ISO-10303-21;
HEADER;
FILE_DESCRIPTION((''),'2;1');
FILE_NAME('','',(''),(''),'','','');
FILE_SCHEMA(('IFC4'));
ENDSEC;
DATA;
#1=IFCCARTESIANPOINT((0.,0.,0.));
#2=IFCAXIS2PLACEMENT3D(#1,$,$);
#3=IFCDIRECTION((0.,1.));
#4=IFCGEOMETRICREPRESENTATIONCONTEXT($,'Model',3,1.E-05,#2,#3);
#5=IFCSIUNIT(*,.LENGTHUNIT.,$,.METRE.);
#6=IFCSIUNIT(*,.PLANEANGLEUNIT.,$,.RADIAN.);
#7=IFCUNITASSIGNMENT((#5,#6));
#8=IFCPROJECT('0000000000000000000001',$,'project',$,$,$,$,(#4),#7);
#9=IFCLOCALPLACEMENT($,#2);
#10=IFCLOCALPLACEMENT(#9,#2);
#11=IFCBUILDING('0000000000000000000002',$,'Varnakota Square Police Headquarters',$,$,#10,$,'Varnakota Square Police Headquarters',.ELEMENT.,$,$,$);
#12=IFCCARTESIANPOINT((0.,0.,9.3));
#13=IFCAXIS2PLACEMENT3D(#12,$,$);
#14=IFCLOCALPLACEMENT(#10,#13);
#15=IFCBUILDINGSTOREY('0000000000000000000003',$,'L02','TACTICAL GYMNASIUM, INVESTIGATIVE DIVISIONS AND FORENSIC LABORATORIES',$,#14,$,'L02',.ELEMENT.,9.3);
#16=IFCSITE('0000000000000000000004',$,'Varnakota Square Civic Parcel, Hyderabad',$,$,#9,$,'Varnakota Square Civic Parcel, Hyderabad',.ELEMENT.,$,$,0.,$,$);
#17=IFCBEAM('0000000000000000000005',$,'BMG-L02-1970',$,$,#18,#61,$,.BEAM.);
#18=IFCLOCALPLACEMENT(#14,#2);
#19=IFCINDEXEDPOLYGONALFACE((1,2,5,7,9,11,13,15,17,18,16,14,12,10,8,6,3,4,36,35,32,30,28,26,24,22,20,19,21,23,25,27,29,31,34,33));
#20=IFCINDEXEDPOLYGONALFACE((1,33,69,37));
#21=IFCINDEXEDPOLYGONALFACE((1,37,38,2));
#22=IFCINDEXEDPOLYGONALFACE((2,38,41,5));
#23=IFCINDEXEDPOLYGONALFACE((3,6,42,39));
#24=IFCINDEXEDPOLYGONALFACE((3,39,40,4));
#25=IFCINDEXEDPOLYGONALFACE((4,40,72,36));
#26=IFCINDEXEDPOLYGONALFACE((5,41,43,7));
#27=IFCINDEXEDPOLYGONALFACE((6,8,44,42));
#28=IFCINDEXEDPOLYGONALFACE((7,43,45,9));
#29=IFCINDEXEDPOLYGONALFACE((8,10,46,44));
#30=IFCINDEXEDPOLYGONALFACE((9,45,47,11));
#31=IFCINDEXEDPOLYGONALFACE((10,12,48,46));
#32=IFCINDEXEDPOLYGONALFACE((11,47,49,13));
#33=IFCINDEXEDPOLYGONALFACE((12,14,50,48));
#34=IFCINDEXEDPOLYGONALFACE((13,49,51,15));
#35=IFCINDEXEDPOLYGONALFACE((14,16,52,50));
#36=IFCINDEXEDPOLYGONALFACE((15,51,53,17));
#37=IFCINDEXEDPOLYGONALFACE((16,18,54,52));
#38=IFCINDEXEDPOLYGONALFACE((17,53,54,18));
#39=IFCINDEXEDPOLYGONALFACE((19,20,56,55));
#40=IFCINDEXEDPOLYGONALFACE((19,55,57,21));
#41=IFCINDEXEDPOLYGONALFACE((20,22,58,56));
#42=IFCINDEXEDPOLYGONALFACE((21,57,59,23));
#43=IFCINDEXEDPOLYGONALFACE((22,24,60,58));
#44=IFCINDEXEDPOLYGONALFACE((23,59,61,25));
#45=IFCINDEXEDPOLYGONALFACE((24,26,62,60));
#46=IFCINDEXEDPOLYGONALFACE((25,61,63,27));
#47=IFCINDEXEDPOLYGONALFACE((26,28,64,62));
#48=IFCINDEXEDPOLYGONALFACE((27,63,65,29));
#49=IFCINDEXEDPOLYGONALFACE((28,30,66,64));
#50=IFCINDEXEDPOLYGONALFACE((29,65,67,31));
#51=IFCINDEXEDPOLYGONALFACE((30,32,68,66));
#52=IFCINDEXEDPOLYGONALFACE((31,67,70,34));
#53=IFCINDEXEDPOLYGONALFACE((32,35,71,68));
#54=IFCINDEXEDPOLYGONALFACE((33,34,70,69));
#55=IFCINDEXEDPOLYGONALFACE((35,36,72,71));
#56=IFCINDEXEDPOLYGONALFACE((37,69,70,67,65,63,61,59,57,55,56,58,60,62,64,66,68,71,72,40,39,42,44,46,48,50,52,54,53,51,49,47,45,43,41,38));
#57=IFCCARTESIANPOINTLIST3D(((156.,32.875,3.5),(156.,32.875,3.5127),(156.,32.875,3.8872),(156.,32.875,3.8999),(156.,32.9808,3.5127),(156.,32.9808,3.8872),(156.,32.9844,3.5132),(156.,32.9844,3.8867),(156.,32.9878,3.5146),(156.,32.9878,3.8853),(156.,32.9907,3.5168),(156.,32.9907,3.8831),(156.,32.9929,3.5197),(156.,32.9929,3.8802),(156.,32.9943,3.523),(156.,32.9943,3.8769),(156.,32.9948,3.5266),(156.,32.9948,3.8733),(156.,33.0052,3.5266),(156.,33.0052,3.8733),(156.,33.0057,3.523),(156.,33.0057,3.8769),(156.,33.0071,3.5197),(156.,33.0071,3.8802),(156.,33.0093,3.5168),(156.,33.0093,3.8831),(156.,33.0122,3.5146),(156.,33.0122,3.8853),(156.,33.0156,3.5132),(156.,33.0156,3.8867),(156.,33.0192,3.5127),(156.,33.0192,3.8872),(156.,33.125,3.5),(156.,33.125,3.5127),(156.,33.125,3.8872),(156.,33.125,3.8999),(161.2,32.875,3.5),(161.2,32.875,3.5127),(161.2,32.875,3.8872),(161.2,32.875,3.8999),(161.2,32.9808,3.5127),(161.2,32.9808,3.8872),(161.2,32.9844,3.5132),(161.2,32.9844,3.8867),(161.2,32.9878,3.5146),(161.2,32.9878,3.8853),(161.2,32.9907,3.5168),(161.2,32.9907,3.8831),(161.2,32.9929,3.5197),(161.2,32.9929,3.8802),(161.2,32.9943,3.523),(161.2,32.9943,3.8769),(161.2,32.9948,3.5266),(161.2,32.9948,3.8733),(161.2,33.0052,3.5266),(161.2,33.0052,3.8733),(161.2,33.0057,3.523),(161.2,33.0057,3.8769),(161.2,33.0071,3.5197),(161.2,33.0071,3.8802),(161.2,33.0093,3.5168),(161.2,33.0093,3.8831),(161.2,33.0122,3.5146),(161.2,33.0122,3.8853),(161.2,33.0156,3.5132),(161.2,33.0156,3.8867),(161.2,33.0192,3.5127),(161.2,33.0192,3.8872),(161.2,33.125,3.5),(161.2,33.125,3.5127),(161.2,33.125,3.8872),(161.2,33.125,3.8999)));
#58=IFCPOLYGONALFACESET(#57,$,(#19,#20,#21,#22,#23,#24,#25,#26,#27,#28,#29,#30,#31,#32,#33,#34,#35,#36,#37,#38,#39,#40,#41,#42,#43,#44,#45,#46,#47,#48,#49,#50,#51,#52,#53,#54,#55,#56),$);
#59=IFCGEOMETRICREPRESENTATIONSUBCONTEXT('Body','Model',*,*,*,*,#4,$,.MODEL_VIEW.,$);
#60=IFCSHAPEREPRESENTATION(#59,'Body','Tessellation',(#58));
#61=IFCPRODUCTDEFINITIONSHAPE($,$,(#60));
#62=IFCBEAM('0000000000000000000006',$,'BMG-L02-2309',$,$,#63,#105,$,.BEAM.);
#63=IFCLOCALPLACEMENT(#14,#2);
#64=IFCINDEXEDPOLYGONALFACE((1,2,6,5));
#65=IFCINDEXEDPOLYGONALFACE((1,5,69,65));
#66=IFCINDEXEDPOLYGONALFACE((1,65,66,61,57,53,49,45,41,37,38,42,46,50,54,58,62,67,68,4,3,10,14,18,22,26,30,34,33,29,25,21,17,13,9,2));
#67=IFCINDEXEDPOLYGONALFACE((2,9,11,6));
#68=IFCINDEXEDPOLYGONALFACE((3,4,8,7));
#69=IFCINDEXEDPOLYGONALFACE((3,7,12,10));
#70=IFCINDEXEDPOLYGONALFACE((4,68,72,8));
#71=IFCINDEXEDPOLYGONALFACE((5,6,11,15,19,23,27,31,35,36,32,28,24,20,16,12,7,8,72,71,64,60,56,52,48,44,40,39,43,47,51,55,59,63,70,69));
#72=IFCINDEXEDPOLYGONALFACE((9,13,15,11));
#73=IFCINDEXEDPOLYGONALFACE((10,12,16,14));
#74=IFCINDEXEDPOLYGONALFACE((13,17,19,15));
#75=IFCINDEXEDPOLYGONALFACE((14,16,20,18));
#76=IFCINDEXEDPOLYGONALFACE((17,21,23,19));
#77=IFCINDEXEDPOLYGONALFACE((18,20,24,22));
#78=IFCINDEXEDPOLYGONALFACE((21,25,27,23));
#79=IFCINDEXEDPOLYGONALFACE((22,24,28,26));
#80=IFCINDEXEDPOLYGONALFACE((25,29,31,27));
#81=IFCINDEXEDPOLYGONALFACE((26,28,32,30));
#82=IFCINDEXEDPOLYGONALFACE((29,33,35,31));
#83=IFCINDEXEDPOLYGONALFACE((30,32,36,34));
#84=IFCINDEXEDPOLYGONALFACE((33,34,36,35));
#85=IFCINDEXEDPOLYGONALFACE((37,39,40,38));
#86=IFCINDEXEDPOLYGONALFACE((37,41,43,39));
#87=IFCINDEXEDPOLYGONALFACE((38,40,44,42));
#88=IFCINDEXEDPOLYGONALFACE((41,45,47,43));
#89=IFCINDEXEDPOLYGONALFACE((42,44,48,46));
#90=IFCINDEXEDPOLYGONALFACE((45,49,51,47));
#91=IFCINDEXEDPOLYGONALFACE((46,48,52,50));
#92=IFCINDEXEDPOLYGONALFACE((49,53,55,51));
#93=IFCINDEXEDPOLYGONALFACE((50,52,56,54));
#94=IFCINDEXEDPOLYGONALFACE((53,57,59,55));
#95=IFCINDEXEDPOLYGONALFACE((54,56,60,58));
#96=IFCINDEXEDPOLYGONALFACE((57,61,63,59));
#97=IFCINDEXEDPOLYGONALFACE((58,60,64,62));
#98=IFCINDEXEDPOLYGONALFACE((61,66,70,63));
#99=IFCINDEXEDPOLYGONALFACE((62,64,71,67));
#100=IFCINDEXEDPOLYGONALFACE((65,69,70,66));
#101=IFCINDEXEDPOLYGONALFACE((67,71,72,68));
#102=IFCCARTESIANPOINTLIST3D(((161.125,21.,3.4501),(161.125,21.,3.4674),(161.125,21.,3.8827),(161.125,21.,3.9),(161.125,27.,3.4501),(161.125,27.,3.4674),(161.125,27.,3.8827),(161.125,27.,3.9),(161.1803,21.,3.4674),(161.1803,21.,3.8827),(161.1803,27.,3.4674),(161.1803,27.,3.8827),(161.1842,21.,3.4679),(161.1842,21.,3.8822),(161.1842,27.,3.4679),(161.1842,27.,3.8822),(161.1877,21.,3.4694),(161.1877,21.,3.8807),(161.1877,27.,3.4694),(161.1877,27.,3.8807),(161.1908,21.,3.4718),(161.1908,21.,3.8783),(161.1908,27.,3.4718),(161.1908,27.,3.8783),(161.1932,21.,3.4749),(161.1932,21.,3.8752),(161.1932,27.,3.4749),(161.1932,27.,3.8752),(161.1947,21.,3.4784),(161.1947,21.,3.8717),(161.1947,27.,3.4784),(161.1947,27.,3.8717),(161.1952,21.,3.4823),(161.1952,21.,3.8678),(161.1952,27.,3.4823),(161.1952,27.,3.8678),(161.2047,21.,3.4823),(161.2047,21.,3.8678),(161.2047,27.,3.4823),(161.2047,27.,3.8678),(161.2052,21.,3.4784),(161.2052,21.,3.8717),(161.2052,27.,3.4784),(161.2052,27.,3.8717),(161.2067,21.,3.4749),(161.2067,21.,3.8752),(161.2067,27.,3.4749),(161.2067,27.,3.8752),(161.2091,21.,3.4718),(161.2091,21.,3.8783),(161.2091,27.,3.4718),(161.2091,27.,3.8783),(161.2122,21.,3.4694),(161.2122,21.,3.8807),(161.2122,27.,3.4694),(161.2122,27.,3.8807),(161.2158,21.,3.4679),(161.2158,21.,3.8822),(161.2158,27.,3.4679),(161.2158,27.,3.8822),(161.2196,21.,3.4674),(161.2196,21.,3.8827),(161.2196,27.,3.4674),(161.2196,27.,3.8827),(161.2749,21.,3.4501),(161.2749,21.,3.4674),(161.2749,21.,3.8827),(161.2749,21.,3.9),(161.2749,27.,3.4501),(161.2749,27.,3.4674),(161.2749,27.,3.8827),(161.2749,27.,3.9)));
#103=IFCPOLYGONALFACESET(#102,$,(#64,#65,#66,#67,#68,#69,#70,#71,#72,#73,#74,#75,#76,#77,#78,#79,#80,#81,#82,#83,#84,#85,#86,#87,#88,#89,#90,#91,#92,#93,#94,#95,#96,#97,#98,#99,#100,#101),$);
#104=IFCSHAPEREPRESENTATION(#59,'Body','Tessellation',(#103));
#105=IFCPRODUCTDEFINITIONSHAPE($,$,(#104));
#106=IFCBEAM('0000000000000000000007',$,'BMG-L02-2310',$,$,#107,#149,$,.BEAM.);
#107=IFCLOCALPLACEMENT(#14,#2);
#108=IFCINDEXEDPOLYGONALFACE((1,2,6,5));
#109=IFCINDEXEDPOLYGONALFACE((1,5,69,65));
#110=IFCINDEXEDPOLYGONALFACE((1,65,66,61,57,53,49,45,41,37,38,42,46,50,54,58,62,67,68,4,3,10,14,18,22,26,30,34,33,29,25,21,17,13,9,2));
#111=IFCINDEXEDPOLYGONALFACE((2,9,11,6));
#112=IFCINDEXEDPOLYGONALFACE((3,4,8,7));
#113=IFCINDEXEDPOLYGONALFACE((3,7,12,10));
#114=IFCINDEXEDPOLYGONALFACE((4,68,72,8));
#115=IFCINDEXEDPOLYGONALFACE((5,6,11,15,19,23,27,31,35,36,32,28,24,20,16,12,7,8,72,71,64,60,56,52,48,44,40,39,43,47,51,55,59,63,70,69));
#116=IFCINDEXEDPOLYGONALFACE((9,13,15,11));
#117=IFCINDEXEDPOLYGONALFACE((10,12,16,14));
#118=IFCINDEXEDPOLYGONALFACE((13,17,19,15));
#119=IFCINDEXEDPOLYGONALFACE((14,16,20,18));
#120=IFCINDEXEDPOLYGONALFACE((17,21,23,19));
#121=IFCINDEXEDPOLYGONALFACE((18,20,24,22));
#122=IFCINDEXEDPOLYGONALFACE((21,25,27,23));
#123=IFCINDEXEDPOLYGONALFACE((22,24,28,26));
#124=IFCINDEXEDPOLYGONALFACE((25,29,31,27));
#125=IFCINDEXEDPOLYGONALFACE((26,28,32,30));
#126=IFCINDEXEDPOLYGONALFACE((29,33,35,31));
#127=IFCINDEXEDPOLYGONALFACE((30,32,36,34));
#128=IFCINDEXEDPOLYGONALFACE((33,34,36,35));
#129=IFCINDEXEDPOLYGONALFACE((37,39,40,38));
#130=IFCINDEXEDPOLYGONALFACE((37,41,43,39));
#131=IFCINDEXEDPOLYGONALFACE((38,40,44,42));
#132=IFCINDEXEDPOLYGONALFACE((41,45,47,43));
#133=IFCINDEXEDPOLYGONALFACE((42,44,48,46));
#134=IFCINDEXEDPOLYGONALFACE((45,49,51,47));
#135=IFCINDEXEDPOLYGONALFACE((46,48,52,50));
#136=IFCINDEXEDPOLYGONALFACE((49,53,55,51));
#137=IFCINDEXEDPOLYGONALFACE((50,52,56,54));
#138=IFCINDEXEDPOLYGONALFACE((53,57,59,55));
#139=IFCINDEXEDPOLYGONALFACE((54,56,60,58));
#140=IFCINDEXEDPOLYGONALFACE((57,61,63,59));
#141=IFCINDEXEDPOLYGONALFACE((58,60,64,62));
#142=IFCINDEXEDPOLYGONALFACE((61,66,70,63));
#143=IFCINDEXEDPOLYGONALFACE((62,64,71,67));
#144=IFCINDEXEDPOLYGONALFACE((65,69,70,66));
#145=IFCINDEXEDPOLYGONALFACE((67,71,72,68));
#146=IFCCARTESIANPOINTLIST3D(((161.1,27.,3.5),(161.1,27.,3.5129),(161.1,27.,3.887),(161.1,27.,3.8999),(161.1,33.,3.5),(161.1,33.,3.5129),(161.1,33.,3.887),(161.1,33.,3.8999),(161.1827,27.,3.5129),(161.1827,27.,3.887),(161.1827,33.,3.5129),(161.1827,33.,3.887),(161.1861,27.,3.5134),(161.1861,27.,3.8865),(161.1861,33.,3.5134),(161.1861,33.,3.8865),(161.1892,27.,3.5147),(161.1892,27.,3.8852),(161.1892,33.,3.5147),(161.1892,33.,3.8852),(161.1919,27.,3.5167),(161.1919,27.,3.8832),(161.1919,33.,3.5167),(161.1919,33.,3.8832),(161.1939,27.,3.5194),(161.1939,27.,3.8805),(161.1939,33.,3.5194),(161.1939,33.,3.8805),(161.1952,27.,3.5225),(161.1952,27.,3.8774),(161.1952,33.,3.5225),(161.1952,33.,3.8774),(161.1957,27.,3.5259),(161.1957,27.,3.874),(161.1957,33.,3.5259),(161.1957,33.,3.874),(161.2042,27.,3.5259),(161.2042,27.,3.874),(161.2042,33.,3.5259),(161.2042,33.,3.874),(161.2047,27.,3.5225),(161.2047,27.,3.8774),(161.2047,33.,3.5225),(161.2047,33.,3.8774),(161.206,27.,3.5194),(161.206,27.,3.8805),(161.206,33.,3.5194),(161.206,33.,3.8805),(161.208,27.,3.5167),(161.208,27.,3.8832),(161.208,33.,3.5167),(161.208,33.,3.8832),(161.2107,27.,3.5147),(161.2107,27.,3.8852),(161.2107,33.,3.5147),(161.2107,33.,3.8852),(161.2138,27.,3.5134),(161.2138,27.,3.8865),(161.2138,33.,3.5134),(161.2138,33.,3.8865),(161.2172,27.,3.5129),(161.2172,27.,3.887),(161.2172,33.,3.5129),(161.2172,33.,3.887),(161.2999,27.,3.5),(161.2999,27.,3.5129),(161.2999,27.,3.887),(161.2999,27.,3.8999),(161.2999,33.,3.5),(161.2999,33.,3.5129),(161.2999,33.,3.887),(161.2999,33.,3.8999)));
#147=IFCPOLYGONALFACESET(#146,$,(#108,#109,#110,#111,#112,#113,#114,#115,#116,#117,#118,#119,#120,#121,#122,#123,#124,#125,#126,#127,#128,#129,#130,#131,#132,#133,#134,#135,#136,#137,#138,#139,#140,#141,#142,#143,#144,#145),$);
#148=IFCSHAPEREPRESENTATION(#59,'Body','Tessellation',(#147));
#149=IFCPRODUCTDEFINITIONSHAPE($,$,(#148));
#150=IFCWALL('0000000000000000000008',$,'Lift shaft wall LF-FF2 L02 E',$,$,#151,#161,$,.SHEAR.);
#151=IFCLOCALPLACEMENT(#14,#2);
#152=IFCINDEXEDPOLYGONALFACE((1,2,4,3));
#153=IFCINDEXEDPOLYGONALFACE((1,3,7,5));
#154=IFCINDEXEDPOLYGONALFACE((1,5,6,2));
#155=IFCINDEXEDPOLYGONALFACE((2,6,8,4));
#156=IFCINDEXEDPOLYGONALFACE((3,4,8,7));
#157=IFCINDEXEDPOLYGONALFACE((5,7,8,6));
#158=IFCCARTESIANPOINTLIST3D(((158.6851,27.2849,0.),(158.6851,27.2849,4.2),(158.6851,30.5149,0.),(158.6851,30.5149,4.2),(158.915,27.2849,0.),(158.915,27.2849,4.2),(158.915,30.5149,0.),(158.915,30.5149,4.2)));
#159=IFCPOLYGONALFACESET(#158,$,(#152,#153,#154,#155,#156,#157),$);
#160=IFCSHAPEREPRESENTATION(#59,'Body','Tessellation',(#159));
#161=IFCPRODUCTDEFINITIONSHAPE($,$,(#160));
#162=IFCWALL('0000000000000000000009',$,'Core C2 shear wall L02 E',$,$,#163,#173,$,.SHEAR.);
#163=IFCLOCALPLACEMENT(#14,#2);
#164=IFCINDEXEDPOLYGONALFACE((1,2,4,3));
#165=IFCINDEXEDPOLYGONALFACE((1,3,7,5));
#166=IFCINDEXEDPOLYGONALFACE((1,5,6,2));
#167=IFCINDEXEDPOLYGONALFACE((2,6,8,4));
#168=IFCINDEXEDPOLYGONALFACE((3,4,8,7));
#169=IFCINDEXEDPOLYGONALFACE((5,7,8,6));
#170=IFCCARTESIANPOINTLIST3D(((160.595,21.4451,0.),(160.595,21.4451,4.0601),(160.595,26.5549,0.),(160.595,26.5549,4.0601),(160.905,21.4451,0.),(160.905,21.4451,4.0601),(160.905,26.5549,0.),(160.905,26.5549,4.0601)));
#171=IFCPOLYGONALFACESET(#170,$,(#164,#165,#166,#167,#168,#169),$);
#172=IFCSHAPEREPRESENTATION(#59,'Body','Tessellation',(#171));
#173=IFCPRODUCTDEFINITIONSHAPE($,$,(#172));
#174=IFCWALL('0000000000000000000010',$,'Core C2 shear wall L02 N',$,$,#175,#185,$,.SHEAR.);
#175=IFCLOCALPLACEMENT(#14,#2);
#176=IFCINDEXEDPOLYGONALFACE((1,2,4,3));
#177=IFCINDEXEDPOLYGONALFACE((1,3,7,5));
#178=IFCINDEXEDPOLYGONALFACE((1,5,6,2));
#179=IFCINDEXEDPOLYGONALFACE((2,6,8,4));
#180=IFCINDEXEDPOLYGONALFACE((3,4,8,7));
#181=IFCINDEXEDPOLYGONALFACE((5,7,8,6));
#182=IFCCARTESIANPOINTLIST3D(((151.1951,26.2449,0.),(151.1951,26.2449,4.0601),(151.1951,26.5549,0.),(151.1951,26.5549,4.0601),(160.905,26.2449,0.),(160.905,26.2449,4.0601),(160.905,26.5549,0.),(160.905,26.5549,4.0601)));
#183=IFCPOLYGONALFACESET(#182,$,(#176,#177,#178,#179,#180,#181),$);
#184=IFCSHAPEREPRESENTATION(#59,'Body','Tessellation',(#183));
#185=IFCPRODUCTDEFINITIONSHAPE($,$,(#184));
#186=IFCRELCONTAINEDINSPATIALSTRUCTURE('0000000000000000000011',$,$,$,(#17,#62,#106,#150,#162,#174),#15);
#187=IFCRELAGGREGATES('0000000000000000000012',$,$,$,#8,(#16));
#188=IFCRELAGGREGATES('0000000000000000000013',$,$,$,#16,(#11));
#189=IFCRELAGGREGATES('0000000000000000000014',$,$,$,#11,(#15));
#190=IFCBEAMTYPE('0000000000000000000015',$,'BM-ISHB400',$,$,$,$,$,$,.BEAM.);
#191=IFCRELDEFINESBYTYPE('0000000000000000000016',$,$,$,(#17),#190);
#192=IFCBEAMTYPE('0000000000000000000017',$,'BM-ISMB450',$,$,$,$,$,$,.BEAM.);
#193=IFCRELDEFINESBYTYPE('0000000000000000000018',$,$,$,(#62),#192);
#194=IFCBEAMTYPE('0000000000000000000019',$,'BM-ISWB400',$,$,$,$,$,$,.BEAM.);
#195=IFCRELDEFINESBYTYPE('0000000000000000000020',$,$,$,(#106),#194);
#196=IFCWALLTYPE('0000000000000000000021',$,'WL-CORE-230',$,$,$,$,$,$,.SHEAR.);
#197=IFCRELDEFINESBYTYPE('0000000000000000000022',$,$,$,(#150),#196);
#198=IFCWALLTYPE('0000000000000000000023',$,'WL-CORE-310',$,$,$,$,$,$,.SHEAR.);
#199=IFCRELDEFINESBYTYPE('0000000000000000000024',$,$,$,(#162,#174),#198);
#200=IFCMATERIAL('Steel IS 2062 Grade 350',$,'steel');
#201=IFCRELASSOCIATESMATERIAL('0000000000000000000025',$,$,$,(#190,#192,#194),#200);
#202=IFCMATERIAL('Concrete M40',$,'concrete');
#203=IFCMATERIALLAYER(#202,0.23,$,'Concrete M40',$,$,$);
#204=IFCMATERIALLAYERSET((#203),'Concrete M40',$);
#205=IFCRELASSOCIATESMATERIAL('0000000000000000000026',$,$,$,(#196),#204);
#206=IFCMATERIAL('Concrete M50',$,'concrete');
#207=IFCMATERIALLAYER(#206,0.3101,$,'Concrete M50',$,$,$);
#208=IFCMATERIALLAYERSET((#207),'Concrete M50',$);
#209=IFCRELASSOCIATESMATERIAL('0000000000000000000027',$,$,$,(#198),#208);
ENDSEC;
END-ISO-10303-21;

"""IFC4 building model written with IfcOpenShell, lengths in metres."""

from ifc_helpers import new_model, si_unit, direction, frame, frame_2d, origin, origin_2d, place, context, subcontext, project, spatial, rectangle, i_section, extrude, material, layer, layer_set, material_profile, profile_set, type_object, element, save


model = new_model("IFC4")

# Units and contexts
model_context = context("Model", 3, precision=1e-05, world=origin(), true_north=direction((0.0, 1.0)))
body_context = subcontext(model_context, "Body", "Model", "MODEL_VIEW")
ifc_project = project(units=[si_unit("LENGTHUNIT", "METRE"), si_unit("PLANEANGLEUNIT", "RADIAN")], contexts=[model_context])

# Site, building, storey
site_placement = place(None, origin())
site = spatial("IfcSite", under=ifc_project, at=site_placement, Name="Varnakota Square Civic Parcel, Hyderabad", LongName="Varnakota Square Civic Parcel, Hyderabad", CompositionType="ELEMENT", RefElevation=0.0)
building_placement = place(site_placement, origin())
building = spatial("IfcBuilding", under=site, at=building_placement, Name="Varnakota Square Police Headquarters", LongName="Varnakota Square Police Headquarters", CompositionType="ELEMENT")
storey_placement = place(building_placement, frame((0.0, 0.0, 9.3)))
storey = spatial("IfcBuildingStorey", under=building, at=storey_placement, Name="L02", Description="TACTICAL GYMNASIUM, INVESTIGATIVE DIVISIONS AND FORENSIC LABORATORIES", LongName="L02", CompositionType="ELEMENT", Elevation=9.3)

# Shared definitions
ifc_material_1 = material(Name="Steel IS 2062 Grade 350", Category="steel")

# Beams
ifc_material_profile_1 = material_profile(ifc_material_1, i_section(OverallWidth=0.25, OverallDepth=0.3999, WebThickness=0.0105, FlangeThickness=0.0127, FilletRadius=0.0139, at=origin_2d()), Name="ISHB 400")
ifc_profile_set_1 = profile_set([ifc_material_profile_1], Name="Steel IS 2062 Grade 350")
beam_type_1 = type_object("IfcBeamType", Name="BM-ISHB400", PredefinedType="BEAM", material=ifc_profile_set_1)
beam_1_placement = place(storey_placement, frame((156.0, 33.0, 3.7), z_axis=(1.0, 0.0, 0.0), x_axis=(0.0, 1.0, 0.0)))
element("IfcBeam", 1, at=beam_1_placement, inside=storey, type_object=beam_type_1, Name="BMG-L02-1970", PredefinedType="BEAM", context=body_context, shape_type="SweptSolid", body=[
    extrude(i_section(OverallWidth=0.25, OverallDepth=0.3999, WebThickness=0.0105, FlangeThickness=0.0127, FilletRadius=0.0139, at=origin_2d()), origin(), (0.0, 0.0, 1.0), 5.2),
])
ifc_material_profile_2 = material_profile(ifc_material_1, i_section(OverallWidth=0.1499, OverallDepth=0.45, WebThickness=0.0095, FlangeThickness=0.0173, FilletRadius=0.0149, at=origin_2d()), Name="ISMB 450")
ifc_profile_set_2 = profile_set([ifc_material_profile_2], Name="Steel IS 2062 Grade 350")
beam_type_2 = type_object("IfcBeamType", Name="BM-ISMB450", PredefinedType="BEAM", material=ifc_profile_set_2)
beam_2_placement = place(storey_placement, frame((161.2, 21.0, 3.675), z_axis=(0.0, 1.0, 0.0), x_axis=(-1.0, 0.0, 0.0)))
element("IfcBeam", 2, at=beam_2_placement, inside=storey, type_object=beam_type_2, Name="BMG-L02-2309", PredefinedType="BEAM", context=body_context, shape_type="SweptSolid", body=[
    extrude(i_section(OverallWidth=0.1499, OverallDepth=0.45, WebThickness=0.0095, FlangeThickness=0.0173, FilletRadius=0.0149, at=origin_2d()), origin(), (0.0, 0.0, 1.0), 6.0),
])
ifc_material_profile_3 = material_profile(ifc_material_1, i_section(OverallWidth=0.2, OverallDepth=0.3999, WebThickness=0.0085, FlangeThickness=0.0129, FilletRadius=0.0129, at=origin_2d()), Name="ISWB 400")
ifc_profile_set_3 = profile_set([ifc_material_profile_3], Name="Steel IS 2062 Grade 350")
beam_type_3 = type_object("IfcBeamType", Name="BM-ISWB400", PredefinedType="BEAM", material=ifc_profile_set_3)
beam_3_placement = place(storey_placement, frame((161.2, 27.0, 3.7), z_axis=(0.0, 1.0, 0.0), x_axis=(-1.0, 0.0, 0.0)))
element("IfcBeam", 3, at=beam_3_placement, inside=storey, type_object=beam_type_3, Name="BMG-L02-2310", PredefinedType="BEAM", context=body_context, shape_type="SweptSolid", body=[
    extrude(i_section(OverallWidth=0.2, OverallDepth=0.3999, WebThickness=0.0085, FlangeThickness=0.0129, FilletRadius=0.0129, at=origin_2d()), origin(), (0.0, 0.0, 1.0), 6.0),
])

# Walls
ifc_material_2 = material(Name="Concrete M40", Category="concrete")
ifc_layer_1 = layer(ifc_material_2, 0.23, Name="Concrete M40")
ifc_layer_set_1 = layer_set([ifc_layer_1], Name="Concrete M40")
wall_type_1 = type_object("IfcWallType", Name="WL-CORE-230", PredefinedType="SHEAR", material=ifc_layer_set_1)
wall_1_placement = place(storey_placement, frame((158.8, 27.2849, 0.0), z_axis=(0.0, 0.0, 1.0), x_axis=(0.0, 1.0, 0.0)))
element("IfcWall", 4, at=wall_1_placement, inside=storey, type_object=wall_type_1, Name="Lift shaft wall LF-FF2 L02 E", PredefinedType="SHEAR", context=body_context, shape_type="SweptSolid", body=[
    extrude(rectangle(XDim=3.23, YDim=0.23, at=frame_2d((1.615, 0.0))), origin(), (0.0, 0.0, 1.0), 4.2),
])
ifc_material_3 = material(Name="Concrete M50", Category="concrete")
ifc_layer_2 = layer(ifc_material_3, 0.3101, Name="Concrete M50")
ifc_layer_set_2 = layer_set([ifc_layer_2], Name="Concrete M50")
wall_type_2 = type_object("IfcWallType", Name="WL-CORE-310", PredefinedType="SHEAR", material=ifc_layer_set_2)
wall_2_placement = place(storey_placement, frame((160.75, 21.4451, 0.0), z_axis=(0.0, 0.0, 1.0), x_axis=(0.0, 1.0, 0.0)))
element("IfcWall", 5, at=wall_2_placement, inside=storey, type_object=wall_type_2, Name="Core C2 shear wall L02 E", PredefinedType="SHEAR", context=body_context, shape_type="SweptSolid", body=[
    extrude(rectangle(XDim=5.1099, YDim=0.3101, at=frame_2d((2.5549, 0.0))), origin(), (0.0, 0.0, 1.0), 4.0601),
])
wall_3_placement = place(storey_placement, frame((160.905, 26.3999, 0.0), z_axis=(0.0, 0.0, 1.0), x_axis=(-1.0, 0.0, 0.0)))
element("IfcWall", 6, at=wall_3_placement, inside=storey, type_object=wall_type_2, Name="Core C2 shear wall L02 N", PredefinedType="SHEAR", context=body_context, shape_type="SweptSolid", body=[
    extrude(rectangle(XDim=9.71, YDim=0.3101, at=frame_2d((4.855, 0.0))), origin(), (0.0, 0.0, 1.0), 4.0601),
])

save(model, "model.ifc")
